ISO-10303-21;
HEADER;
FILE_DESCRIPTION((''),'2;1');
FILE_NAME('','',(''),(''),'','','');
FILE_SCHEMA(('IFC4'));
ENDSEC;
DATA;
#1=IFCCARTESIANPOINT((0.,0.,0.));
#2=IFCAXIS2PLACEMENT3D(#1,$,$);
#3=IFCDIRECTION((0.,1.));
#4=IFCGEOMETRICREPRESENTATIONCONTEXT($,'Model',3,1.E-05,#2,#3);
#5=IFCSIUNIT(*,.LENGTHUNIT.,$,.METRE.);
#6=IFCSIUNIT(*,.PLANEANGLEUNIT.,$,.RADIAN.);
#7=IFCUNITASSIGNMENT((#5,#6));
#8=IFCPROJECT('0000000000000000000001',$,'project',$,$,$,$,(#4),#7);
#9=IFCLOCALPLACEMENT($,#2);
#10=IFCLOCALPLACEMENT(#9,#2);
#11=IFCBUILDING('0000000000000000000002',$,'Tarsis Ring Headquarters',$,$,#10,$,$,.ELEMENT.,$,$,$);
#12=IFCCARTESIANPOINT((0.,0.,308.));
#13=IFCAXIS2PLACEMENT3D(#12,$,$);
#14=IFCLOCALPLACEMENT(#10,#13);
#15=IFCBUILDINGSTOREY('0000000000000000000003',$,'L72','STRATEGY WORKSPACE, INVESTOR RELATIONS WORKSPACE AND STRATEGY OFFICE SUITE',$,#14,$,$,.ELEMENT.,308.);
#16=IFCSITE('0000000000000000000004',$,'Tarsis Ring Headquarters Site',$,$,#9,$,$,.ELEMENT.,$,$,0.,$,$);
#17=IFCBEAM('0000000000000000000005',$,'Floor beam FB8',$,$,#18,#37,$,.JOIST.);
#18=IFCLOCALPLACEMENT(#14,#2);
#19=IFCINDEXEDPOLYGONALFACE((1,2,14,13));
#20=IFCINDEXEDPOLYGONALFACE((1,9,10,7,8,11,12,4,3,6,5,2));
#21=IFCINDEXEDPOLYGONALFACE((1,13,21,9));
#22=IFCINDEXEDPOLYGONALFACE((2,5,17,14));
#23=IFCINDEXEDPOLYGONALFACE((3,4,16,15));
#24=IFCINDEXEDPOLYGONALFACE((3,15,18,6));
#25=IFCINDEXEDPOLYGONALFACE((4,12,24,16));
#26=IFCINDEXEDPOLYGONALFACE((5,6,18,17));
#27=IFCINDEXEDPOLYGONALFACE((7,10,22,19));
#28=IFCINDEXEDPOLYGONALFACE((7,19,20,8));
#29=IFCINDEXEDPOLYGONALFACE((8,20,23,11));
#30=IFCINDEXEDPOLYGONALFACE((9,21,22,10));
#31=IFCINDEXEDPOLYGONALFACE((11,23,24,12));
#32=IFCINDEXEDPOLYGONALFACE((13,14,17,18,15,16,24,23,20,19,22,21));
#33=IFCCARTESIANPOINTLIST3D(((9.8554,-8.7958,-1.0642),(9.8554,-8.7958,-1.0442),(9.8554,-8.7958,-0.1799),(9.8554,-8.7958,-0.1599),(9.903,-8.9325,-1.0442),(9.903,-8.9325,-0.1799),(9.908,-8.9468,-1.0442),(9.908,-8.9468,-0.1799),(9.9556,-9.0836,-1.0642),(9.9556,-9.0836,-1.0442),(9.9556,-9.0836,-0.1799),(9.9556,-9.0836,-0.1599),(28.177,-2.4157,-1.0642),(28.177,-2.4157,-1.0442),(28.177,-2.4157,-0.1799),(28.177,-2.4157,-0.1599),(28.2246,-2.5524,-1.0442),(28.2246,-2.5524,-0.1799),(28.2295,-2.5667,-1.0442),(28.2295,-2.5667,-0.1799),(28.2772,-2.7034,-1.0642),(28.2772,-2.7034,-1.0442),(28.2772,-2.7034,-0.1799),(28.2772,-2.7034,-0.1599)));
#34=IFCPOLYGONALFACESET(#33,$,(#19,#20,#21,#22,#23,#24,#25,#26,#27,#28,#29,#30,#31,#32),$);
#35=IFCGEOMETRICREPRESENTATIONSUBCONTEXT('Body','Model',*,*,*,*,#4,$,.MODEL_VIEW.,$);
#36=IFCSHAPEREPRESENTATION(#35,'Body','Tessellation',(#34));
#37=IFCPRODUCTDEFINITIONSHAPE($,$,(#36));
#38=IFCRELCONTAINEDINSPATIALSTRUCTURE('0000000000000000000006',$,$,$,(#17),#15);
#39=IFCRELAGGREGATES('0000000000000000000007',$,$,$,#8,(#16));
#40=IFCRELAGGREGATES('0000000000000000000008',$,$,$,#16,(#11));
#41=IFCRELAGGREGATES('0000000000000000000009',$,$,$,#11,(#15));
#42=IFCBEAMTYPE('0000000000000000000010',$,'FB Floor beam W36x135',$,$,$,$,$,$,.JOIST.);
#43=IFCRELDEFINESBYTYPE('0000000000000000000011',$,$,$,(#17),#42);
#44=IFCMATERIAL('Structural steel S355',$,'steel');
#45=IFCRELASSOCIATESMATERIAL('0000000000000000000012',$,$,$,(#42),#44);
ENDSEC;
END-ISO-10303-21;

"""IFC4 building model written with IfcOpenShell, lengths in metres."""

from ifc_helpers import new_model, si_unit, direction, frame, origin, origin_2d, place, context, subcontext, project, spatial, i_section, extrude, material, material_profile, profile_set, type_object, element, save


model = new_model("IFC4")

# Units and contexts
model_context = context("Model", 3, precision=1e-05, world=origin(), true_north=direction((0.0, 1.0)))
body_context = subcontext(model_context, "Body", "Model", "MODEL_VIEW")
ifc_project = project(units=[si_unit("LENGTHUNIT", "METRE"), si_unit("PLANEANGLEUNIT", "RADIAN")], contexts=[model_context])

# Site, building, storey
site_placement = place(None, origin())
site = spatial("IfcSite", under=ifc_project, at=site_placement, Name="Tarsis Ring Headquarters Site", CompositionType="ELEMENT", RefElevation=0.0)
building_placement = place(site_placement, origin())
building = spatial("IfcBuilding", under=site, at=building_placement, Name="Tarsis Ring Headquarters", CompositionType="ELEMENT")
storey_placement = place(building_placement, frame((0.0, 0.0, 308.0)))
storey = spatial("IfcBuildingStorey", under=building, at=storey_placement, Name="L72", Description="STRATEGY WORKSPACE, INVESTOR RELATIONS WORKSPACE AND STRATEGY OFFICE SUITE", CompositionType="ELEMENT", Elevation=308.0)

# Beam
ifc_material_1 = material(Name="Structural steel S355", Category="steel")
ifc_material_profile = material_profile(ifc_material_1, i_section(OverallWidth=0.3047, OverallDepth=0.9043, WebThickness=0.0151, FlangeThickness=0.02, at=origin_2d()), Name="W36x135")
ifc_profile_set = profile_set([ifc_material_profile], Name="Structural steel S355")
beam_type = type_object("IfcBeamType", Name="FB Floor beam W36x135", PredefinedType="JOIST", material=ifc_profile_set)
beam_placement = place(storey_placement, frame((9.9055, -8.9397, -0.6121), z_axis=(0.944378, 0.328862, 0.0), x_axis=(-0.328862, 0.944378, 0.0)))
element("IfcBeam", 1, at=beam_placement, inside=storey, type_object=beam_type, Name="Floor beam FB8", PredefinedType="JOIST", context=body_context, shape_type="SweptSolid", body=[
    extrude(i_section(OverallWidth=0.3047, OverallDepth=0.9043, WebThickness=0.0151, FlangeThickness=0.02, at=origin_2d()), origin(), (0.0, 0.0, 1.0), 19.4006),
])

save(model, "model.ifc")
